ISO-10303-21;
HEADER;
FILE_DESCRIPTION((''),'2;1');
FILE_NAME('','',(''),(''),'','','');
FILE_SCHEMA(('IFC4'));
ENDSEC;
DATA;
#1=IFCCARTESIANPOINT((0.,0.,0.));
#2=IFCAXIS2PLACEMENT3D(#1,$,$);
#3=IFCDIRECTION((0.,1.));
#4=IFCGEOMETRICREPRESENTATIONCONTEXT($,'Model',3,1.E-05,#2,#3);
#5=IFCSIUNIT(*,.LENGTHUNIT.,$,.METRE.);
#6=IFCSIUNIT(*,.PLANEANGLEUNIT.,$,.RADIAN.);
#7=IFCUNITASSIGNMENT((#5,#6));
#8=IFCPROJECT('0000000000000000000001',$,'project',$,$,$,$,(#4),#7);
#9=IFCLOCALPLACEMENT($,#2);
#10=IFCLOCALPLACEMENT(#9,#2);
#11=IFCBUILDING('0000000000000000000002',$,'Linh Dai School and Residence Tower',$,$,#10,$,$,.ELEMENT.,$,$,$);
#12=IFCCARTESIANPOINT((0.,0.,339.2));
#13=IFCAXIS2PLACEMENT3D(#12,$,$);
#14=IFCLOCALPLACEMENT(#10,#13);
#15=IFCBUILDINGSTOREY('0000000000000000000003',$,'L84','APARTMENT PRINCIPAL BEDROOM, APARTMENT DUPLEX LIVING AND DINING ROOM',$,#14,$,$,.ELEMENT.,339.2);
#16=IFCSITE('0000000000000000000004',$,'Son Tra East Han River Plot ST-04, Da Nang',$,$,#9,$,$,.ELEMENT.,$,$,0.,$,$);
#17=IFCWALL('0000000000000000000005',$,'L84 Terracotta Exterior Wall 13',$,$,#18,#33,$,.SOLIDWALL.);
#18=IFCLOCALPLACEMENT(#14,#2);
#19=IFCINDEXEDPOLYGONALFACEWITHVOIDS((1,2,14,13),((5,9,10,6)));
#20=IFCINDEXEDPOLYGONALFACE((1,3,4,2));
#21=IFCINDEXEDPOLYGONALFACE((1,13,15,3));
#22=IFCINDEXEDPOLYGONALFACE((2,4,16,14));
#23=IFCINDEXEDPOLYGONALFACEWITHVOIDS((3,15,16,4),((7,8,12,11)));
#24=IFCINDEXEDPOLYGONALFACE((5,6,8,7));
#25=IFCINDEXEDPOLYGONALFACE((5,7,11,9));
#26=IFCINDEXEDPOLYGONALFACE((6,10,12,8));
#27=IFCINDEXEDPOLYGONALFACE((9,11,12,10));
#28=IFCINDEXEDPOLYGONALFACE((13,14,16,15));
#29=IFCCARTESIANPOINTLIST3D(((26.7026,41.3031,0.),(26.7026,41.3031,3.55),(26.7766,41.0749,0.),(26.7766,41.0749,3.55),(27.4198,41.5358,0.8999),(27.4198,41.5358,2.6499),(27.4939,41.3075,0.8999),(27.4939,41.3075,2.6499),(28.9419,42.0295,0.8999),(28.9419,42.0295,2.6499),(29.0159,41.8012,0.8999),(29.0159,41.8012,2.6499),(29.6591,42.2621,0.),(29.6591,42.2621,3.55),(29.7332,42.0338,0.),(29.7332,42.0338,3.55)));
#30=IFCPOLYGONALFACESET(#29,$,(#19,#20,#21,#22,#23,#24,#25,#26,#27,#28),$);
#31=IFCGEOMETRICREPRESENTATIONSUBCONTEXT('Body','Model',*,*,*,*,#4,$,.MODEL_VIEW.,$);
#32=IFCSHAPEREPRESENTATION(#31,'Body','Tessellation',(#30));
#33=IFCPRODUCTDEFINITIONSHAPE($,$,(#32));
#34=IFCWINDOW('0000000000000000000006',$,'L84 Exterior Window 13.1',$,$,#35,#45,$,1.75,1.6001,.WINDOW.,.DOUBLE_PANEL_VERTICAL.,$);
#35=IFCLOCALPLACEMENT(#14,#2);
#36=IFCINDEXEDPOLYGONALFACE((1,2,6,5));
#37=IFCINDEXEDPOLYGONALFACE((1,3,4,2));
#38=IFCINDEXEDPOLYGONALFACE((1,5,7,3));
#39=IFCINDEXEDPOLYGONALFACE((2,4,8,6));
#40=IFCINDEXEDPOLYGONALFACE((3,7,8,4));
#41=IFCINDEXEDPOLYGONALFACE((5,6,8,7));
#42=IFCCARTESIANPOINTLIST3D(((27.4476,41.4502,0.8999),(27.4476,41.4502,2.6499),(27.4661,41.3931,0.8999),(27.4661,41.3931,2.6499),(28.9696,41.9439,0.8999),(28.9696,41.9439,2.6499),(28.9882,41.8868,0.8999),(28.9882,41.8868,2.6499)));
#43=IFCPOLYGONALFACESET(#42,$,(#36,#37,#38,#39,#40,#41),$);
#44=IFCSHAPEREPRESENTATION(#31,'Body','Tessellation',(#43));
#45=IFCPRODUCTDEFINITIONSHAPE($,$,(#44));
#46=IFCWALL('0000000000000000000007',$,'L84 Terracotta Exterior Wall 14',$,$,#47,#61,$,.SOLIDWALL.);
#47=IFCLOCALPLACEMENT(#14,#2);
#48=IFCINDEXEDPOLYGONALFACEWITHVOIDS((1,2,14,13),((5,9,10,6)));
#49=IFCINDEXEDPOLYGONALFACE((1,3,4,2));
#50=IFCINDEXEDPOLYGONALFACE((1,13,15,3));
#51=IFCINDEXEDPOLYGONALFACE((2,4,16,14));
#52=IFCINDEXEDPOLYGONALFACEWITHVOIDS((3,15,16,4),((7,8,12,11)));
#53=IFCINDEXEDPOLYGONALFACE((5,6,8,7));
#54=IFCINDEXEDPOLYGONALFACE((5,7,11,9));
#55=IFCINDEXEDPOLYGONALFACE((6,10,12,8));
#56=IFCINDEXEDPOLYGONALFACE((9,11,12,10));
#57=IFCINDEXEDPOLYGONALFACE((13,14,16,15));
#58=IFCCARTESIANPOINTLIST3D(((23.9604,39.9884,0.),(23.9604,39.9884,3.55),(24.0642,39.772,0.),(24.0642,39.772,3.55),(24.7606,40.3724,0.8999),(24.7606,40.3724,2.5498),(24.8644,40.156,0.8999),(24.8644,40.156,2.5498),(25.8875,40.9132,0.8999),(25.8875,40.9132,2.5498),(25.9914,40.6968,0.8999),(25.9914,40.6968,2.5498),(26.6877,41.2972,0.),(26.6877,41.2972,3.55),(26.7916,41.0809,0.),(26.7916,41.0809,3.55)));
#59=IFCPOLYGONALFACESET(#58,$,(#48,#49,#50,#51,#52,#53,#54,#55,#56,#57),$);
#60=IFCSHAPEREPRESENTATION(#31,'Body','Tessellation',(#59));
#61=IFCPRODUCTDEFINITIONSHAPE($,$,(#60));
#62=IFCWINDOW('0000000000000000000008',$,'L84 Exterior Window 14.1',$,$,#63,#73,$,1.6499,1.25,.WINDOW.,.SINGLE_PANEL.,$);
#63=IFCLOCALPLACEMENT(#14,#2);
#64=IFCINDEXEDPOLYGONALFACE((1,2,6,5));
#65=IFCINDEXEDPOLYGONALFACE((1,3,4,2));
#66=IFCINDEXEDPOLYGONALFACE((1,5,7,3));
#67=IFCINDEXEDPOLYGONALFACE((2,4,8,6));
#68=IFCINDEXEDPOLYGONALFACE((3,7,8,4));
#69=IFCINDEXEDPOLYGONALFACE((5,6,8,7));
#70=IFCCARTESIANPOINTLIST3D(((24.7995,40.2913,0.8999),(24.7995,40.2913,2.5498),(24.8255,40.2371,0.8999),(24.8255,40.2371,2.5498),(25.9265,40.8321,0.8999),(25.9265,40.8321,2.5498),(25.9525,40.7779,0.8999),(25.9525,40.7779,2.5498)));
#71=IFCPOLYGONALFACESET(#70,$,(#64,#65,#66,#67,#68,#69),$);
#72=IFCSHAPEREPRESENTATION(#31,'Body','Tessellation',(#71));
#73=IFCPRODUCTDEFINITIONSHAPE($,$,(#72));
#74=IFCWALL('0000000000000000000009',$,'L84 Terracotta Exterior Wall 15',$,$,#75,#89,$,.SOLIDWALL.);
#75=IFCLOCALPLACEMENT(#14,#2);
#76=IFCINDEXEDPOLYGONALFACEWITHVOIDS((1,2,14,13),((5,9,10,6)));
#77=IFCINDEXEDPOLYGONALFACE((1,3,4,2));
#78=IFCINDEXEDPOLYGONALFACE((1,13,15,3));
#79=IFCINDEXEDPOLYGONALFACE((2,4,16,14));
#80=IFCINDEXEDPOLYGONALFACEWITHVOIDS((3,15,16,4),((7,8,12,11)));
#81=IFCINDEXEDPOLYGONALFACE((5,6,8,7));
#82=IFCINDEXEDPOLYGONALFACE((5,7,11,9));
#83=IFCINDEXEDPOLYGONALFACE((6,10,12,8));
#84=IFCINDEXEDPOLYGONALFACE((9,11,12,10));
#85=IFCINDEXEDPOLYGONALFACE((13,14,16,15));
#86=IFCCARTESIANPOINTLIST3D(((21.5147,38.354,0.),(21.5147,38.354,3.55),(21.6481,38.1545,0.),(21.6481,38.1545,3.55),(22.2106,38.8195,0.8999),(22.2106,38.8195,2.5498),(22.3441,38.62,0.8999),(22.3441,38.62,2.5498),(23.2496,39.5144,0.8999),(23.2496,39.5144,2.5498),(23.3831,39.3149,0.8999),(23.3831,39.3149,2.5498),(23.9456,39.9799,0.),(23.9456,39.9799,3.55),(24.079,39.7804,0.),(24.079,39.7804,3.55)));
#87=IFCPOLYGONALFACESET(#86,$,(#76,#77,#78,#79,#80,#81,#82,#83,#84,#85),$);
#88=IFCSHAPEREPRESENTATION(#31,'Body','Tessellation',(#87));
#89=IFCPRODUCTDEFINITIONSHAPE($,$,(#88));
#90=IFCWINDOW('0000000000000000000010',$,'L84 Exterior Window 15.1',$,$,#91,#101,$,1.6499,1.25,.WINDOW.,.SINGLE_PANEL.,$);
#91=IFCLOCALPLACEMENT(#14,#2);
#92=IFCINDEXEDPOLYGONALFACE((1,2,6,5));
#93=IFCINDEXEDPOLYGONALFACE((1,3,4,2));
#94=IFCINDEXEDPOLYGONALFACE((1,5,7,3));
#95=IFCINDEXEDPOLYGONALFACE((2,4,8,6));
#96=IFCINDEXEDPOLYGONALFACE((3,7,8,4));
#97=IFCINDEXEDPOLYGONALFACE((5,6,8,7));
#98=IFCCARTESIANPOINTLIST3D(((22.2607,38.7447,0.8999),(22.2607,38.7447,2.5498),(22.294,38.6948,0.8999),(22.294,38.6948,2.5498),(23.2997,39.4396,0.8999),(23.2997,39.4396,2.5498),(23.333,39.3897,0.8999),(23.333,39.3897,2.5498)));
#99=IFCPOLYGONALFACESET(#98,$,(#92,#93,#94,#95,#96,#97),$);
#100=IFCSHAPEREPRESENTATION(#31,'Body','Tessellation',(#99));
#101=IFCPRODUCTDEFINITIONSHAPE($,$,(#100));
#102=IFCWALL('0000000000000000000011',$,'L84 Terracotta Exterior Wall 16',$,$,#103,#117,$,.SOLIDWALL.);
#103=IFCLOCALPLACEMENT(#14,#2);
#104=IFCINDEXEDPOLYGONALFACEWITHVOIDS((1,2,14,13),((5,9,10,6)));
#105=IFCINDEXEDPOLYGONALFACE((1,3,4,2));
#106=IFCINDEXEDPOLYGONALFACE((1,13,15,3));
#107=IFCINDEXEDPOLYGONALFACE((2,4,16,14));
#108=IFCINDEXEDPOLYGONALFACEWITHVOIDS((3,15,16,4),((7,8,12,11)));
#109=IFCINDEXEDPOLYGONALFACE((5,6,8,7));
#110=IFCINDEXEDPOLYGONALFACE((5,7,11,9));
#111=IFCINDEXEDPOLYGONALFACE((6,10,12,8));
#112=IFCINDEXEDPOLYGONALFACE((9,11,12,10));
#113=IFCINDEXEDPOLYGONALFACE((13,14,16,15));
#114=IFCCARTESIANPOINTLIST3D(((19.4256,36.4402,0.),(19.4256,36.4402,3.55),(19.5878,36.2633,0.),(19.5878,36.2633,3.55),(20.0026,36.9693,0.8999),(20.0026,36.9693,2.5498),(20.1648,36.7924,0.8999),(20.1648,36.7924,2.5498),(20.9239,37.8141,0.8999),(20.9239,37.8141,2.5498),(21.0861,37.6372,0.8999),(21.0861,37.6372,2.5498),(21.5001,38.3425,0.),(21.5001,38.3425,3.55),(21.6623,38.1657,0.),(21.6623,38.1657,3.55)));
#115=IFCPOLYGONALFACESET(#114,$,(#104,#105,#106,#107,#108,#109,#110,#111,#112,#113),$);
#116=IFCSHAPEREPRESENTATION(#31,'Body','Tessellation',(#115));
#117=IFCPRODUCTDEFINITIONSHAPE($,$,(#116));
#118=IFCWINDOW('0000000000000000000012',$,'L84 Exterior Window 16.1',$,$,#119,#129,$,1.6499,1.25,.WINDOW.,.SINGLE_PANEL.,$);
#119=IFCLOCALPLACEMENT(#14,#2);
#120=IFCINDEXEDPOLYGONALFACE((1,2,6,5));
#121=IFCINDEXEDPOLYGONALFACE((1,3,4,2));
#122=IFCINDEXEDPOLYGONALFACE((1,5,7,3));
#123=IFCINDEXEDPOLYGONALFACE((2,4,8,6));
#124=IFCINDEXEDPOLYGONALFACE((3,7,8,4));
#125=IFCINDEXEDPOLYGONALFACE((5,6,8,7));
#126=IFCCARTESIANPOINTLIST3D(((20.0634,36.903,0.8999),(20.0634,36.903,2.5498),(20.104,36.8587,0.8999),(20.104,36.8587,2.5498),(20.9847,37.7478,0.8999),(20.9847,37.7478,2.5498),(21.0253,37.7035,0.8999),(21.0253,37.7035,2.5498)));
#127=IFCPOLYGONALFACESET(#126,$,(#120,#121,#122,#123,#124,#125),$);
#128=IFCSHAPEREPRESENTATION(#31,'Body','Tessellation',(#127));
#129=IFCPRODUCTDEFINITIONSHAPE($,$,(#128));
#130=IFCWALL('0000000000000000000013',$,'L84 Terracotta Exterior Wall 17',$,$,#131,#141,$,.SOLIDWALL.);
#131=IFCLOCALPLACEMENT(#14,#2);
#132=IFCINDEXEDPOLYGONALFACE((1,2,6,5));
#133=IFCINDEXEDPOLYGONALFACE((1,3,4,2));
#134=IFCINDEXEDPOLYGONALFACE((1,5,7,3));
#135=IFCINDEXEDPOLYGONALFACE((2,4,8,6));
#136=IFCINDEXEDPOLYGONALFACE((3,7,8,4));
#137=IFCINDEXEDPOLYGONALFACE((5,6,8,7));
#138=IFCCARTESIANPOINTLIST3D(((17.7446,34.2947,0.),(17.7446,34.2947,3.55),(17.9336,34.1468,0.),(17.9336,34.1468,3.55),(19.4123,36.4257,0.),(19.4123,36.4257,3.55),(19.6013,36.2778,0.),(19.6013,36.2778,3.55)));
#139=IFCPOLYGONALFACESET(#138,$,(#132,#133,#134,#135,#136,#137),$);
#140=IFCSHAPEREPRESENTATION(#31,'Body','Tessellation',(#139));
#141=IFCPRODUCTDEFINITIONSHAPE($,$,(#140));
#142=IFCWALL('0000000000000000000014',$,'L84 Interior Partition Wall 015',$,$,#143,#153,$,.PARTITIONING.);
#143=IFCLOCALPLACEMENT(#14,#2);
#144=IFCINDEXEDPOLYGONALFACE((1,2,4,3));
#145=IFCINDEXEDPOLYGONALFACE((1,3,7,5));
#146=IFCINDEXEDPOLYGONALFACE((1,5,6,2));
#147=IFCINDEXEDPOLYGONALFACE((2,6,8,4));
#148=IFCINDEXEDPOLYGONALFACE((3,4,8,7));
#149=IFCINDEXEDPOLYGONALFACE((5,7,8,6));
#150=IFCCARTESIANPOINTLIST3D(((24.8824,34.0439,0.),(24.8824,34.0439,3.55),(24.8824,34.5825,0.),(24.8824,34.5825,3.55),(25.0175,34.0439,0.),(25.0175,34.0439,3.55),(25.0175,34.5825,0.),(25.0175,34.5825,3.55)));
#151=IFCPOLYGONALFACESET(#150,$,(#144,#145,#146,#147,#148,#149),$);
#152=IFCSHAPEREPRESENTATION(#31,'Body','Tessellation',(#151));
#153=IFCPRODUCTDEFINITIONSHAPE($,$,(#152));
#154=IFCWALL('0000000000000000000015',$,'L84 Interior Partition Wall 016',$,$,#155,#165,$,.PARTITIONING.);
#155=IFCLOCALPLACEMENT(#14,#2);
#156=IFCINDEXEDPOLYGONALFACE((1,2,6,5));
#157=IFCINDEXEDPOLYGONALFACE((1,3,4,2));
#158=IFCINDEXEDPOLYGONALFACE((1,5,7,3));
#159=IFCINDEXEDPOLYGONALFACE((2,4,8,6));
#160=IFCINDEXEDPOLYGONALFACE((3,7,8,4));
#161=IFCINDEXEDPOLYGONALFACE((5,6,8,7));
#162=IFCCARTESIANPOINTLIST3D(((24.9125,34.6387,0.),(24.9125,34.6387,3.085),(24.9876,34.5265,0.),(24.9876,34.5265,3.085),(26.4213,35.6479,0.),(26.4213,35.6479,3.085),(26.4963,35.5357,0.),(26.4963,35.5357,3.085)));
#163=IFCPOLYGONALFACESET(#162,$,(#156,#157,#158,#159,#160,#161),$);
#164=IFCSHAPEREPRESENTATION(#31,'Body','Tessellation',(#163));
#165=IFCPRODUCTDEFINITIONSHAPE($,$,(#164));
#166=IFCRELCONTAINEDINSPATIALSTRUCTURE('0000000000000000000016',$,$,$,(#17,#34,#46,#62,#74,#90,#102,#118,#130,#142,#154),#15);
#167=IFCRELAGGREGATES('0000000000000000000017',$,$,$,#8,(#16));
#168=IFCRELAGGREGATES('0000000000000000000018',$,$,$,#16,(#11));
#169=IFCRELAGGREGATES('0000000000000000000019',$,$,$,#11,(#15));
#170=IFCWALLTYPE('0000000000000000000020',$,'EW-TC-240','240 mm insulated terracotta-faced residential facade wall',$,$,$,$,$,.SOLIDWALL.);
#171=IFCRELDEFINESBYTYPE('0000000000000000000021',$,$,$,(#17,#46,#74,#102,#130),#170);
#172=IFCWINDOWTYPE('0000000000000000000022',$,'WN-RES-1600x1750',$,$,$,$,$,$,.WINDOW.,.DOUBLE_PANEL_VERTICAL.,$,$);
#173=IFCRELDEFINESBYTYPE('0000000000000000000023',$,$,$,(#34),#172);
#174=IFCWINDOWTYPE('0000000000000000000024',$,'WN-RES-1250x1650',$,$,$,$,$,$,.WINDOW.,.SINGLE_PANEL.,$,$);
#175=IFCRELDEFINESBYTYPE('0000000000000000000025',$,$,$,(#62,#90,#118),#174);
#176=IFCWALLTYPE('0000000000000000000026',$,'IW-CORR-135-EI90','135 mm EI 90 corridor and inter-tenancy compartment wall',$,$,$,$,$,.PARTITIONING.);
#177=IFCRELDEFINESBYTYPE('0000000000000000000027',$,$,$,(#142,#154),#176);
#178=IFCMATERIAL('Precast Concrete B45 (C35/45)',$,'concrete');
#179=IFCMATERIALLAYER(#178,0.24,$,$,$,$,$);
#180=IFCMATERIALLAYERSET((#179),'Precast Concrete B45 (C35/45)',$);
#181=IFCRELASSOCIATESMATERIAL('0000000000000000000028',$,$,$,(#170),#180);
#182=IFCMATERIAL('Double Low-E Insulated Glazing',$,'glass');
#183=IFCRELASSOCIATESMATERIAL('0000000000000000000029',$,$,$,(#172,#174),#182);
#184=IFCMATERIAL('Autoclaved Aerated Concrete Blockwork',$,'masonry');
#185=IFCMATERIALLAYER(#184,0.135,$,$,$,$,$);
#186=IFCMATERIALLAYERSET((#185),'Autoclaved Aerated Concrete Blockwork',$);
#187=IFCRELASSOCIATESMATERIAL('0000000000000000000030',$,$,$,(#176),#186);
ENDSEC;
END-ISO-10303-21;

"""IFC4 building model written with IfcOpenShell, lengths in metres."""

from ifc_helpers import new_model, si_unit, direction, frame, frame_2d, origin, origin_2d, place, context, subcontext, project, spatial, rectangle, extrude, source, transform, mapped, material, layer, layer_set, type_object, element, fill, save


model = new_model("IFC4")

# Units and contexts
model_context = context("Model", 3, precision=1e-05, world=origin(), true_north=direction((0.0, 1.0)))
body_context = subcontext(model_context, "Body", "Model", "MODEL_VIEW")
ifc_project = project(units=[si_unit("LENGTHUNIT", "METRE"), si_unit("PLANEANGLEUNIT", "RADIAN")], contexts=[model_context])

# Site, building, storey
site_placement = place(None, origin())
site = spatial("IfcSite", under=ifc_project, at=site_placement, Name="Son Tra East Han River Plot ST-04, Da Nang", CompositionType="ELEMENT", RefElevation=0.0)
building_placement = place(site_placement, origin())
building = spatial("IfcBuilding", under=site, at=building_placement, Name="Linh Dai School and Residence Tower", CompositionType="ELEMENT")
storey_placement = place(building_placement, frame((0.0, 0.0, 339.2)))
storey = spatial("IfcBuildingStorey", under=building, at=storey_placement, Name="L84", Description="APARTMENT PRINCIPAL BEDROOM, APARTMENT DUPLEX LIVING AND DINING ROOM", CompositionType="ELEMENT", Elevation=339.2)

# Shared definitions
ifc_material_1 = material(Name="Precast Concrete B45 (C35/45)", Category="concrete")

# Walls, openings, windows
ifc_layer_1 = layer(ifc_material_1, 0.24)
ifc_layer_set_1 = layer_set([ifc_layer_1], Name="Precast Concrete B45 (C35/45)")
wall_type_1 = type_object("IfcWallType", Name="EW-TC-240", Description="240 mm insulated terracotta-faced residential facade wall", PredefinedType="SOLIDWALL", material=ifc_layer_set_1)
wall_1_placement = place(storey_placement, frame((26.7395, 41.189, 0.0), z_axis=(0.0, 0.0, 1.0), x_axis=(0.951213, 0.308535, 0.0)))
wall_1 = element("IfcWall", 1, at=wall_1_placement, inside=storey, type_object=wall_type_1, Name="L84 Terracotta Exterior Wall 13", PredefinedType="SOLIDWALL", context=body_context, shape_type="SweptSolid", body=[
    extrude(rectangle(XDim=3.1082, YDim=0.24, at=frame_2d((1.5542, 0.0))), origin(), (0.0, 0.0, 1.0), 3.55),
])
opening_1_placement = place(wall_1_placement, frame((0.7542, 0.0, 0.8999)))
opening_1 = element("IfcOpeningElement", 2, at=opening_1_placement, cuts=wall_1, PredefinedType="OPENING", context=body_context, shape_type="SweptSolid", body=[
    extrude(rectangle(XDim=1.6001, YDim=1.75, at=origin_2d()), frame((0.8, 0.1299, 0.875), z_axis=(0.0, -1.0, 0.0), x_axis=(1.0, 0.0, 0.0)), (0.0, 0.0, 1.0), 0.26),
])
ifc_material_2 = material(Name="Double Low-E Insulated Glazing", Category="glass")
window_type_1 = type_object("IfcWindowType", Name="WN-RES-1600x1750", PartitioningType="DOUBLE_PANEL_VERTICAL", PredefinedType="WINDOW", material=ifc_material_2)
shared_shape_1 = source(origin(), body_context, "Body", "SweptSolid", [
    extrude(rectangle(XDim=1.6001, YDim=1.75, at=origin_2d()), frame((0.8, 0.03, 0.875), z_axis=(0.0, -1.0, 0.0), x_axis=(1.0, 0.0, 0.0)), (0.0, 0.0, 1.0), 0.0601),
])
window_1_placement = place(opening_1_placement, origin())
window_1 = element("IfcWindow", 3, at=window_1_placement, inside=storey, type_object=window_type_1, Name="L84 Exterior Window 13.1", OverallHeight=1.75, OverallWidth=1.6001, PartitioningType="DOUBLE_PANEL_VERTICAL", PredefinedType="WINDOW", context=body_context, shape_type="MappedRepresentation", body=[
    mapped(shared_shape_1, transform((0.0, 0.0, 0.0), x_axis=(1.0, 0.0, 0.0), y_axis=(0.0, 1.0, 0.0), z_axis=(0.0, 0.0, 1.0), scale=1.0)),
])
fill(opening_1, window_1)
wall_2_placement = place(storey_placement, frame((24.0122, 39.8801, 0.0), z_axis=(0.0, 0.0, 1.0), x_axis=(0.901557, 0.43266, 0.0)))
wall_2 = element("IfcWall", 4, at=wall_2_placement, inside=storey, type_object=wall_type_1, Name="L84 Terracotta Exterior Wall 14", PredefinedType="SOLIDWALL", context=body_context, shape_type="SweptSolid", body=[
    extrude(rectangle(XDim=3.0251, YDim=0.24, at=frame_2d((1.5127, 0.0))), origin(), (0.0, 0.0, 1.0), 3.55),
])
opening_2_placement = place(wall_2_placement, frame((0.8877, 0.0, 0.8999)))
opening_2 = element("IfcOpeningElement", 5, at=opening_2_placement, cuts=wall_2, PredefinedType="OPENING", context=body_context, shape_type="SweptSolid", body=[
    extrude(rectangle(XDim=1.25, YDim=1.6499, at=origin_2d()), frame((0.625, 0.1299, 0.825), z_axis=(0.0, -1.0, 0.0), x_axis=(1.0, 0.0, 0.0)), (0.0, 0.0, 1.0), 0.26),
])
window_type_2 = type_object("IfcWindowType", Name="WN-RES-1250x1650", PartitioningType="SINGLE_PANEL", PredefinedType="WINDOW", material=ifc_material_2)
shared_shape_2 = source(origin(), body_context, "Body", "SweptSolid", [
    extrude(rectangle(XDim=1.25, YDim=1.6499, at=origin_2d()), frame((0.625, 0.03, 0.825), z_axis=(0.0, -1.0, 0.0), x_axis=(1.0, 0.0, 0.0)), (0.0, 0.0, 1.0), 0.0601),
])
window_2_placement = place(opening_2_placement, origin())
window_2 = element("IfcWindow", 6, at=window_2_placement, inside=storey, type_object=window_type_2, Name="L84 Exterior Window 14.1", OverallHeight=1.6499, OverallWidth=1.25, PartitioningType="SINGLE_PANEL", PredefinedType="WINDOW", context=body_context, shape_type="MappedRepresentation", body=[
    mapped(shared_shape_2, transform((0.0, 0.0, 0.0), x_axis=(1.0, 0.0, 0.0), y_axis=(0.0, 1.0, 0.0), z_axis=(0.0, 0.0, 1.0), scale=1.0)),
])
fill(opening_2, window_2)
wall_3_placement = place(storey_placement, frame((21.5813, 38.2542, 0.0), z_axis=(0.0, 0.0, 1.0), x_axis=(0.831202, 0.555971, 0.0)))
wall_3 = element("IfcWall", 7, at=wall_3_placement, inside=storey, type_object=wall_type_1, Name="L84 Terracotta Exterior Wall 15", PredefinedType="SOLIDWALL", context=body_context, shape_type="SweptSolid", body=[
    extrude(rectangle(XDim=2.9246, YDim=0.24, at=frame_2d((1.4624, 0.0))), origin(), (0.0, 0.0, 1.0), 3.55),
])
opening_3_placement = place(wall_3_placement, frame((0.8374, 0.0, 0.8999)))
opening_3 = element("IfcOpeningElement", 8, at=opening_3_placement, cuts=wall_3, PredefinedType="OPENING", context=body_context, shape_type="SweptSolid", body=[
    extrude(rectangle(XDim=1.25, YDim=1.6499, at=origin_2d()), frame((0.625, 0.1299, 0.825), z_axis=(0.0, -1.0, 0.0), x_axis=(1.0, 0.0, 0.0)), (0.0, 0.0, 1.0), 0.26),
])
window_3_placement = place(opening_3_placement, origin())
window_3 = element("IfcWindow", 9, at=window_3_placement, inside=storey, type_object=window_type_2, Name="L84 Exterior Window 15.1", OverallHeight=1.6499, OverallWidth=1.25, PartitioningType="SINGLE_PANEL", PredefinedType="WINDOW", context=body_context, shape_type="MappedRepresentation", body=[
    mapped(shared_shape_2, transform((0.0, 0.0, 0.0), x_axis=(1.0, 0.0, 0.0), y_axis=(0.0, 1.0, 0.0), z_axis=(0.0, 0.0, 1.0), scale=1.0)),
])
fill(opening_3, window_3)
wall_4_placement = place(storey_placement, frame((19.5068, 36.3518, 0.0), z_axis=(0.0, 0.0, 1.0), x_axis=(0.737021, 0.67587, 0.0)))
wall_4 = element("IfcWall", 10, at=wall_4_placement, inside=storey, type_object=wall_type_1, Name="L84 Terracotta Exterior Wall 16", PredefinedType="SOLIDWALL", context=body_context, shape_type="SweptSolid", body=[
    extrude(rectangle(XDim=2.8147, YDim=0.24, at=frame_2d((1.4072, 0.0))), origin(), (0.0, 0.0, 1.0), 3.55),
])
opening_4_placement = place(wall_4_placement, frame((0.7827, 0.0, 0.8999)))
opening_4 = element("IfcOpeningElement", 11, at=opening_4_placement, cuts=wall_4, PredefinedType="OPENING", context=body_context, shape_type="SweptSolid", body=[
    extrude(rectangle(XDim=1.25, YDim=1.6499, at=origin_2d()), frame((0.625, 0.1299, 0.825), z_axis=(0.0, -1.0, 0.0), x_axis=(1.0, 0.0, 0.0)), (0.0, 0.0, 1.0), 0.26),
])
window_4_placement = place(opening_4_placement, origin())
window_4 = element("IfcWindow", 12, at=window_4_placement, inside=storey, type_object=window_type_2, Name="L84 Exterior Window 16.1", OverallHeight=1.6499, OverallWidth=1.25, PartitioningType="SINGLE_PANEL", PredefinedType="WINDOW", context=body_context, shape_type="MappedRepresentation", body=[
    mapped(shared_shape_2, transform((0.0, 0.0, 0.0), x_axis=(1.0, 0.0, 0.0), y_axis=(0.0, 1.0, 0.0), z_axis=(0.0, 0.0, 1.0), scale=1.0)),
])
fill(opening_4, window_4)

# Walls
wall_5_placement = place(storey_placement, frame((17.8391, 34.2207, 0.0), z_axis=(0.0, 0.0, 1.0), x_axis=(0.616286, 0.787522, 0.0)))
element("IfcWall", 13, at=wall_5_placement, inside=storey, type_object=wall_type_1, Name="L84 Terracotta Exterior Wall 17", PredefinedType="SOLIDWALL", context=body_context, shape_type="SweptSolid", body=[
    extrude(rectangle(XDim=2.7061, YDim=0.24, at=frame_2d((1.353, 0.0))), origin(), (0.0, 0.0, 1.0), 3.55),
])
ifc_material_3 = material(Name="Autoclaved Aerated Concrete Blockwork", Category="masonry")
ifc_layer_2 = layer(ifc_material_3, 0.135)
ifc_layer_set_2 = layer_set([ifc_layer_2], Name="Autoclaved Aerated Concrete Blockwork")
wall_type_2 = type_object("IfcWallType", Name="IW-CORR-135-EI90", Description="135 mm EI 90 corridor and inter-tenancy compartment wall", PredefinedType="PARTITIONING", material=ifc_layer_set_2)
wall_6_placement = place(storey_placement, frame((24.95, 34.0439, 0.0), z_axis=(0.0, 0.0, 1.0), x_axis=(0.0, 1.0, 0.0)))
element("IfcWall", 14, at=wall_6_placement, inside=storey, type_object=wall_type_2, Name="L84 Interior Partition Wall 015", PredefinedType="PARTITIONING", context=body_context, shape_type="SweptSolid", body=[
    extrude(rectangle(XDim=0.5386, YDim=0.135, at=frame_2d((0.2693, 0.0))), origin(), (0.0, 0.0, 1.0), 3.55),
])
wall_7_placement = place(storey_placement, frame((24.95, 34.5825, 0.0), z_axis=(0.0, 0.0, 1.0), x_axis=(0.83118, 0.556003, 0.0)))
element("IfcWall", 15, at=wall_7_placement, inside=storey, type_object=wall_type_2, Name="L84 Interior Partition Wall 016", PredefinedType="PARTITIONING", context=body_context, shape_type="SweptSolid", body=[
    extrude(rectangle(XDim=1.8152, YDim=0.135, at=frame_2d((0.9077, 0.0))), origin(), (0.0, 0.0, 1.0), 3.085),
])

save(model, "model.ifc")
